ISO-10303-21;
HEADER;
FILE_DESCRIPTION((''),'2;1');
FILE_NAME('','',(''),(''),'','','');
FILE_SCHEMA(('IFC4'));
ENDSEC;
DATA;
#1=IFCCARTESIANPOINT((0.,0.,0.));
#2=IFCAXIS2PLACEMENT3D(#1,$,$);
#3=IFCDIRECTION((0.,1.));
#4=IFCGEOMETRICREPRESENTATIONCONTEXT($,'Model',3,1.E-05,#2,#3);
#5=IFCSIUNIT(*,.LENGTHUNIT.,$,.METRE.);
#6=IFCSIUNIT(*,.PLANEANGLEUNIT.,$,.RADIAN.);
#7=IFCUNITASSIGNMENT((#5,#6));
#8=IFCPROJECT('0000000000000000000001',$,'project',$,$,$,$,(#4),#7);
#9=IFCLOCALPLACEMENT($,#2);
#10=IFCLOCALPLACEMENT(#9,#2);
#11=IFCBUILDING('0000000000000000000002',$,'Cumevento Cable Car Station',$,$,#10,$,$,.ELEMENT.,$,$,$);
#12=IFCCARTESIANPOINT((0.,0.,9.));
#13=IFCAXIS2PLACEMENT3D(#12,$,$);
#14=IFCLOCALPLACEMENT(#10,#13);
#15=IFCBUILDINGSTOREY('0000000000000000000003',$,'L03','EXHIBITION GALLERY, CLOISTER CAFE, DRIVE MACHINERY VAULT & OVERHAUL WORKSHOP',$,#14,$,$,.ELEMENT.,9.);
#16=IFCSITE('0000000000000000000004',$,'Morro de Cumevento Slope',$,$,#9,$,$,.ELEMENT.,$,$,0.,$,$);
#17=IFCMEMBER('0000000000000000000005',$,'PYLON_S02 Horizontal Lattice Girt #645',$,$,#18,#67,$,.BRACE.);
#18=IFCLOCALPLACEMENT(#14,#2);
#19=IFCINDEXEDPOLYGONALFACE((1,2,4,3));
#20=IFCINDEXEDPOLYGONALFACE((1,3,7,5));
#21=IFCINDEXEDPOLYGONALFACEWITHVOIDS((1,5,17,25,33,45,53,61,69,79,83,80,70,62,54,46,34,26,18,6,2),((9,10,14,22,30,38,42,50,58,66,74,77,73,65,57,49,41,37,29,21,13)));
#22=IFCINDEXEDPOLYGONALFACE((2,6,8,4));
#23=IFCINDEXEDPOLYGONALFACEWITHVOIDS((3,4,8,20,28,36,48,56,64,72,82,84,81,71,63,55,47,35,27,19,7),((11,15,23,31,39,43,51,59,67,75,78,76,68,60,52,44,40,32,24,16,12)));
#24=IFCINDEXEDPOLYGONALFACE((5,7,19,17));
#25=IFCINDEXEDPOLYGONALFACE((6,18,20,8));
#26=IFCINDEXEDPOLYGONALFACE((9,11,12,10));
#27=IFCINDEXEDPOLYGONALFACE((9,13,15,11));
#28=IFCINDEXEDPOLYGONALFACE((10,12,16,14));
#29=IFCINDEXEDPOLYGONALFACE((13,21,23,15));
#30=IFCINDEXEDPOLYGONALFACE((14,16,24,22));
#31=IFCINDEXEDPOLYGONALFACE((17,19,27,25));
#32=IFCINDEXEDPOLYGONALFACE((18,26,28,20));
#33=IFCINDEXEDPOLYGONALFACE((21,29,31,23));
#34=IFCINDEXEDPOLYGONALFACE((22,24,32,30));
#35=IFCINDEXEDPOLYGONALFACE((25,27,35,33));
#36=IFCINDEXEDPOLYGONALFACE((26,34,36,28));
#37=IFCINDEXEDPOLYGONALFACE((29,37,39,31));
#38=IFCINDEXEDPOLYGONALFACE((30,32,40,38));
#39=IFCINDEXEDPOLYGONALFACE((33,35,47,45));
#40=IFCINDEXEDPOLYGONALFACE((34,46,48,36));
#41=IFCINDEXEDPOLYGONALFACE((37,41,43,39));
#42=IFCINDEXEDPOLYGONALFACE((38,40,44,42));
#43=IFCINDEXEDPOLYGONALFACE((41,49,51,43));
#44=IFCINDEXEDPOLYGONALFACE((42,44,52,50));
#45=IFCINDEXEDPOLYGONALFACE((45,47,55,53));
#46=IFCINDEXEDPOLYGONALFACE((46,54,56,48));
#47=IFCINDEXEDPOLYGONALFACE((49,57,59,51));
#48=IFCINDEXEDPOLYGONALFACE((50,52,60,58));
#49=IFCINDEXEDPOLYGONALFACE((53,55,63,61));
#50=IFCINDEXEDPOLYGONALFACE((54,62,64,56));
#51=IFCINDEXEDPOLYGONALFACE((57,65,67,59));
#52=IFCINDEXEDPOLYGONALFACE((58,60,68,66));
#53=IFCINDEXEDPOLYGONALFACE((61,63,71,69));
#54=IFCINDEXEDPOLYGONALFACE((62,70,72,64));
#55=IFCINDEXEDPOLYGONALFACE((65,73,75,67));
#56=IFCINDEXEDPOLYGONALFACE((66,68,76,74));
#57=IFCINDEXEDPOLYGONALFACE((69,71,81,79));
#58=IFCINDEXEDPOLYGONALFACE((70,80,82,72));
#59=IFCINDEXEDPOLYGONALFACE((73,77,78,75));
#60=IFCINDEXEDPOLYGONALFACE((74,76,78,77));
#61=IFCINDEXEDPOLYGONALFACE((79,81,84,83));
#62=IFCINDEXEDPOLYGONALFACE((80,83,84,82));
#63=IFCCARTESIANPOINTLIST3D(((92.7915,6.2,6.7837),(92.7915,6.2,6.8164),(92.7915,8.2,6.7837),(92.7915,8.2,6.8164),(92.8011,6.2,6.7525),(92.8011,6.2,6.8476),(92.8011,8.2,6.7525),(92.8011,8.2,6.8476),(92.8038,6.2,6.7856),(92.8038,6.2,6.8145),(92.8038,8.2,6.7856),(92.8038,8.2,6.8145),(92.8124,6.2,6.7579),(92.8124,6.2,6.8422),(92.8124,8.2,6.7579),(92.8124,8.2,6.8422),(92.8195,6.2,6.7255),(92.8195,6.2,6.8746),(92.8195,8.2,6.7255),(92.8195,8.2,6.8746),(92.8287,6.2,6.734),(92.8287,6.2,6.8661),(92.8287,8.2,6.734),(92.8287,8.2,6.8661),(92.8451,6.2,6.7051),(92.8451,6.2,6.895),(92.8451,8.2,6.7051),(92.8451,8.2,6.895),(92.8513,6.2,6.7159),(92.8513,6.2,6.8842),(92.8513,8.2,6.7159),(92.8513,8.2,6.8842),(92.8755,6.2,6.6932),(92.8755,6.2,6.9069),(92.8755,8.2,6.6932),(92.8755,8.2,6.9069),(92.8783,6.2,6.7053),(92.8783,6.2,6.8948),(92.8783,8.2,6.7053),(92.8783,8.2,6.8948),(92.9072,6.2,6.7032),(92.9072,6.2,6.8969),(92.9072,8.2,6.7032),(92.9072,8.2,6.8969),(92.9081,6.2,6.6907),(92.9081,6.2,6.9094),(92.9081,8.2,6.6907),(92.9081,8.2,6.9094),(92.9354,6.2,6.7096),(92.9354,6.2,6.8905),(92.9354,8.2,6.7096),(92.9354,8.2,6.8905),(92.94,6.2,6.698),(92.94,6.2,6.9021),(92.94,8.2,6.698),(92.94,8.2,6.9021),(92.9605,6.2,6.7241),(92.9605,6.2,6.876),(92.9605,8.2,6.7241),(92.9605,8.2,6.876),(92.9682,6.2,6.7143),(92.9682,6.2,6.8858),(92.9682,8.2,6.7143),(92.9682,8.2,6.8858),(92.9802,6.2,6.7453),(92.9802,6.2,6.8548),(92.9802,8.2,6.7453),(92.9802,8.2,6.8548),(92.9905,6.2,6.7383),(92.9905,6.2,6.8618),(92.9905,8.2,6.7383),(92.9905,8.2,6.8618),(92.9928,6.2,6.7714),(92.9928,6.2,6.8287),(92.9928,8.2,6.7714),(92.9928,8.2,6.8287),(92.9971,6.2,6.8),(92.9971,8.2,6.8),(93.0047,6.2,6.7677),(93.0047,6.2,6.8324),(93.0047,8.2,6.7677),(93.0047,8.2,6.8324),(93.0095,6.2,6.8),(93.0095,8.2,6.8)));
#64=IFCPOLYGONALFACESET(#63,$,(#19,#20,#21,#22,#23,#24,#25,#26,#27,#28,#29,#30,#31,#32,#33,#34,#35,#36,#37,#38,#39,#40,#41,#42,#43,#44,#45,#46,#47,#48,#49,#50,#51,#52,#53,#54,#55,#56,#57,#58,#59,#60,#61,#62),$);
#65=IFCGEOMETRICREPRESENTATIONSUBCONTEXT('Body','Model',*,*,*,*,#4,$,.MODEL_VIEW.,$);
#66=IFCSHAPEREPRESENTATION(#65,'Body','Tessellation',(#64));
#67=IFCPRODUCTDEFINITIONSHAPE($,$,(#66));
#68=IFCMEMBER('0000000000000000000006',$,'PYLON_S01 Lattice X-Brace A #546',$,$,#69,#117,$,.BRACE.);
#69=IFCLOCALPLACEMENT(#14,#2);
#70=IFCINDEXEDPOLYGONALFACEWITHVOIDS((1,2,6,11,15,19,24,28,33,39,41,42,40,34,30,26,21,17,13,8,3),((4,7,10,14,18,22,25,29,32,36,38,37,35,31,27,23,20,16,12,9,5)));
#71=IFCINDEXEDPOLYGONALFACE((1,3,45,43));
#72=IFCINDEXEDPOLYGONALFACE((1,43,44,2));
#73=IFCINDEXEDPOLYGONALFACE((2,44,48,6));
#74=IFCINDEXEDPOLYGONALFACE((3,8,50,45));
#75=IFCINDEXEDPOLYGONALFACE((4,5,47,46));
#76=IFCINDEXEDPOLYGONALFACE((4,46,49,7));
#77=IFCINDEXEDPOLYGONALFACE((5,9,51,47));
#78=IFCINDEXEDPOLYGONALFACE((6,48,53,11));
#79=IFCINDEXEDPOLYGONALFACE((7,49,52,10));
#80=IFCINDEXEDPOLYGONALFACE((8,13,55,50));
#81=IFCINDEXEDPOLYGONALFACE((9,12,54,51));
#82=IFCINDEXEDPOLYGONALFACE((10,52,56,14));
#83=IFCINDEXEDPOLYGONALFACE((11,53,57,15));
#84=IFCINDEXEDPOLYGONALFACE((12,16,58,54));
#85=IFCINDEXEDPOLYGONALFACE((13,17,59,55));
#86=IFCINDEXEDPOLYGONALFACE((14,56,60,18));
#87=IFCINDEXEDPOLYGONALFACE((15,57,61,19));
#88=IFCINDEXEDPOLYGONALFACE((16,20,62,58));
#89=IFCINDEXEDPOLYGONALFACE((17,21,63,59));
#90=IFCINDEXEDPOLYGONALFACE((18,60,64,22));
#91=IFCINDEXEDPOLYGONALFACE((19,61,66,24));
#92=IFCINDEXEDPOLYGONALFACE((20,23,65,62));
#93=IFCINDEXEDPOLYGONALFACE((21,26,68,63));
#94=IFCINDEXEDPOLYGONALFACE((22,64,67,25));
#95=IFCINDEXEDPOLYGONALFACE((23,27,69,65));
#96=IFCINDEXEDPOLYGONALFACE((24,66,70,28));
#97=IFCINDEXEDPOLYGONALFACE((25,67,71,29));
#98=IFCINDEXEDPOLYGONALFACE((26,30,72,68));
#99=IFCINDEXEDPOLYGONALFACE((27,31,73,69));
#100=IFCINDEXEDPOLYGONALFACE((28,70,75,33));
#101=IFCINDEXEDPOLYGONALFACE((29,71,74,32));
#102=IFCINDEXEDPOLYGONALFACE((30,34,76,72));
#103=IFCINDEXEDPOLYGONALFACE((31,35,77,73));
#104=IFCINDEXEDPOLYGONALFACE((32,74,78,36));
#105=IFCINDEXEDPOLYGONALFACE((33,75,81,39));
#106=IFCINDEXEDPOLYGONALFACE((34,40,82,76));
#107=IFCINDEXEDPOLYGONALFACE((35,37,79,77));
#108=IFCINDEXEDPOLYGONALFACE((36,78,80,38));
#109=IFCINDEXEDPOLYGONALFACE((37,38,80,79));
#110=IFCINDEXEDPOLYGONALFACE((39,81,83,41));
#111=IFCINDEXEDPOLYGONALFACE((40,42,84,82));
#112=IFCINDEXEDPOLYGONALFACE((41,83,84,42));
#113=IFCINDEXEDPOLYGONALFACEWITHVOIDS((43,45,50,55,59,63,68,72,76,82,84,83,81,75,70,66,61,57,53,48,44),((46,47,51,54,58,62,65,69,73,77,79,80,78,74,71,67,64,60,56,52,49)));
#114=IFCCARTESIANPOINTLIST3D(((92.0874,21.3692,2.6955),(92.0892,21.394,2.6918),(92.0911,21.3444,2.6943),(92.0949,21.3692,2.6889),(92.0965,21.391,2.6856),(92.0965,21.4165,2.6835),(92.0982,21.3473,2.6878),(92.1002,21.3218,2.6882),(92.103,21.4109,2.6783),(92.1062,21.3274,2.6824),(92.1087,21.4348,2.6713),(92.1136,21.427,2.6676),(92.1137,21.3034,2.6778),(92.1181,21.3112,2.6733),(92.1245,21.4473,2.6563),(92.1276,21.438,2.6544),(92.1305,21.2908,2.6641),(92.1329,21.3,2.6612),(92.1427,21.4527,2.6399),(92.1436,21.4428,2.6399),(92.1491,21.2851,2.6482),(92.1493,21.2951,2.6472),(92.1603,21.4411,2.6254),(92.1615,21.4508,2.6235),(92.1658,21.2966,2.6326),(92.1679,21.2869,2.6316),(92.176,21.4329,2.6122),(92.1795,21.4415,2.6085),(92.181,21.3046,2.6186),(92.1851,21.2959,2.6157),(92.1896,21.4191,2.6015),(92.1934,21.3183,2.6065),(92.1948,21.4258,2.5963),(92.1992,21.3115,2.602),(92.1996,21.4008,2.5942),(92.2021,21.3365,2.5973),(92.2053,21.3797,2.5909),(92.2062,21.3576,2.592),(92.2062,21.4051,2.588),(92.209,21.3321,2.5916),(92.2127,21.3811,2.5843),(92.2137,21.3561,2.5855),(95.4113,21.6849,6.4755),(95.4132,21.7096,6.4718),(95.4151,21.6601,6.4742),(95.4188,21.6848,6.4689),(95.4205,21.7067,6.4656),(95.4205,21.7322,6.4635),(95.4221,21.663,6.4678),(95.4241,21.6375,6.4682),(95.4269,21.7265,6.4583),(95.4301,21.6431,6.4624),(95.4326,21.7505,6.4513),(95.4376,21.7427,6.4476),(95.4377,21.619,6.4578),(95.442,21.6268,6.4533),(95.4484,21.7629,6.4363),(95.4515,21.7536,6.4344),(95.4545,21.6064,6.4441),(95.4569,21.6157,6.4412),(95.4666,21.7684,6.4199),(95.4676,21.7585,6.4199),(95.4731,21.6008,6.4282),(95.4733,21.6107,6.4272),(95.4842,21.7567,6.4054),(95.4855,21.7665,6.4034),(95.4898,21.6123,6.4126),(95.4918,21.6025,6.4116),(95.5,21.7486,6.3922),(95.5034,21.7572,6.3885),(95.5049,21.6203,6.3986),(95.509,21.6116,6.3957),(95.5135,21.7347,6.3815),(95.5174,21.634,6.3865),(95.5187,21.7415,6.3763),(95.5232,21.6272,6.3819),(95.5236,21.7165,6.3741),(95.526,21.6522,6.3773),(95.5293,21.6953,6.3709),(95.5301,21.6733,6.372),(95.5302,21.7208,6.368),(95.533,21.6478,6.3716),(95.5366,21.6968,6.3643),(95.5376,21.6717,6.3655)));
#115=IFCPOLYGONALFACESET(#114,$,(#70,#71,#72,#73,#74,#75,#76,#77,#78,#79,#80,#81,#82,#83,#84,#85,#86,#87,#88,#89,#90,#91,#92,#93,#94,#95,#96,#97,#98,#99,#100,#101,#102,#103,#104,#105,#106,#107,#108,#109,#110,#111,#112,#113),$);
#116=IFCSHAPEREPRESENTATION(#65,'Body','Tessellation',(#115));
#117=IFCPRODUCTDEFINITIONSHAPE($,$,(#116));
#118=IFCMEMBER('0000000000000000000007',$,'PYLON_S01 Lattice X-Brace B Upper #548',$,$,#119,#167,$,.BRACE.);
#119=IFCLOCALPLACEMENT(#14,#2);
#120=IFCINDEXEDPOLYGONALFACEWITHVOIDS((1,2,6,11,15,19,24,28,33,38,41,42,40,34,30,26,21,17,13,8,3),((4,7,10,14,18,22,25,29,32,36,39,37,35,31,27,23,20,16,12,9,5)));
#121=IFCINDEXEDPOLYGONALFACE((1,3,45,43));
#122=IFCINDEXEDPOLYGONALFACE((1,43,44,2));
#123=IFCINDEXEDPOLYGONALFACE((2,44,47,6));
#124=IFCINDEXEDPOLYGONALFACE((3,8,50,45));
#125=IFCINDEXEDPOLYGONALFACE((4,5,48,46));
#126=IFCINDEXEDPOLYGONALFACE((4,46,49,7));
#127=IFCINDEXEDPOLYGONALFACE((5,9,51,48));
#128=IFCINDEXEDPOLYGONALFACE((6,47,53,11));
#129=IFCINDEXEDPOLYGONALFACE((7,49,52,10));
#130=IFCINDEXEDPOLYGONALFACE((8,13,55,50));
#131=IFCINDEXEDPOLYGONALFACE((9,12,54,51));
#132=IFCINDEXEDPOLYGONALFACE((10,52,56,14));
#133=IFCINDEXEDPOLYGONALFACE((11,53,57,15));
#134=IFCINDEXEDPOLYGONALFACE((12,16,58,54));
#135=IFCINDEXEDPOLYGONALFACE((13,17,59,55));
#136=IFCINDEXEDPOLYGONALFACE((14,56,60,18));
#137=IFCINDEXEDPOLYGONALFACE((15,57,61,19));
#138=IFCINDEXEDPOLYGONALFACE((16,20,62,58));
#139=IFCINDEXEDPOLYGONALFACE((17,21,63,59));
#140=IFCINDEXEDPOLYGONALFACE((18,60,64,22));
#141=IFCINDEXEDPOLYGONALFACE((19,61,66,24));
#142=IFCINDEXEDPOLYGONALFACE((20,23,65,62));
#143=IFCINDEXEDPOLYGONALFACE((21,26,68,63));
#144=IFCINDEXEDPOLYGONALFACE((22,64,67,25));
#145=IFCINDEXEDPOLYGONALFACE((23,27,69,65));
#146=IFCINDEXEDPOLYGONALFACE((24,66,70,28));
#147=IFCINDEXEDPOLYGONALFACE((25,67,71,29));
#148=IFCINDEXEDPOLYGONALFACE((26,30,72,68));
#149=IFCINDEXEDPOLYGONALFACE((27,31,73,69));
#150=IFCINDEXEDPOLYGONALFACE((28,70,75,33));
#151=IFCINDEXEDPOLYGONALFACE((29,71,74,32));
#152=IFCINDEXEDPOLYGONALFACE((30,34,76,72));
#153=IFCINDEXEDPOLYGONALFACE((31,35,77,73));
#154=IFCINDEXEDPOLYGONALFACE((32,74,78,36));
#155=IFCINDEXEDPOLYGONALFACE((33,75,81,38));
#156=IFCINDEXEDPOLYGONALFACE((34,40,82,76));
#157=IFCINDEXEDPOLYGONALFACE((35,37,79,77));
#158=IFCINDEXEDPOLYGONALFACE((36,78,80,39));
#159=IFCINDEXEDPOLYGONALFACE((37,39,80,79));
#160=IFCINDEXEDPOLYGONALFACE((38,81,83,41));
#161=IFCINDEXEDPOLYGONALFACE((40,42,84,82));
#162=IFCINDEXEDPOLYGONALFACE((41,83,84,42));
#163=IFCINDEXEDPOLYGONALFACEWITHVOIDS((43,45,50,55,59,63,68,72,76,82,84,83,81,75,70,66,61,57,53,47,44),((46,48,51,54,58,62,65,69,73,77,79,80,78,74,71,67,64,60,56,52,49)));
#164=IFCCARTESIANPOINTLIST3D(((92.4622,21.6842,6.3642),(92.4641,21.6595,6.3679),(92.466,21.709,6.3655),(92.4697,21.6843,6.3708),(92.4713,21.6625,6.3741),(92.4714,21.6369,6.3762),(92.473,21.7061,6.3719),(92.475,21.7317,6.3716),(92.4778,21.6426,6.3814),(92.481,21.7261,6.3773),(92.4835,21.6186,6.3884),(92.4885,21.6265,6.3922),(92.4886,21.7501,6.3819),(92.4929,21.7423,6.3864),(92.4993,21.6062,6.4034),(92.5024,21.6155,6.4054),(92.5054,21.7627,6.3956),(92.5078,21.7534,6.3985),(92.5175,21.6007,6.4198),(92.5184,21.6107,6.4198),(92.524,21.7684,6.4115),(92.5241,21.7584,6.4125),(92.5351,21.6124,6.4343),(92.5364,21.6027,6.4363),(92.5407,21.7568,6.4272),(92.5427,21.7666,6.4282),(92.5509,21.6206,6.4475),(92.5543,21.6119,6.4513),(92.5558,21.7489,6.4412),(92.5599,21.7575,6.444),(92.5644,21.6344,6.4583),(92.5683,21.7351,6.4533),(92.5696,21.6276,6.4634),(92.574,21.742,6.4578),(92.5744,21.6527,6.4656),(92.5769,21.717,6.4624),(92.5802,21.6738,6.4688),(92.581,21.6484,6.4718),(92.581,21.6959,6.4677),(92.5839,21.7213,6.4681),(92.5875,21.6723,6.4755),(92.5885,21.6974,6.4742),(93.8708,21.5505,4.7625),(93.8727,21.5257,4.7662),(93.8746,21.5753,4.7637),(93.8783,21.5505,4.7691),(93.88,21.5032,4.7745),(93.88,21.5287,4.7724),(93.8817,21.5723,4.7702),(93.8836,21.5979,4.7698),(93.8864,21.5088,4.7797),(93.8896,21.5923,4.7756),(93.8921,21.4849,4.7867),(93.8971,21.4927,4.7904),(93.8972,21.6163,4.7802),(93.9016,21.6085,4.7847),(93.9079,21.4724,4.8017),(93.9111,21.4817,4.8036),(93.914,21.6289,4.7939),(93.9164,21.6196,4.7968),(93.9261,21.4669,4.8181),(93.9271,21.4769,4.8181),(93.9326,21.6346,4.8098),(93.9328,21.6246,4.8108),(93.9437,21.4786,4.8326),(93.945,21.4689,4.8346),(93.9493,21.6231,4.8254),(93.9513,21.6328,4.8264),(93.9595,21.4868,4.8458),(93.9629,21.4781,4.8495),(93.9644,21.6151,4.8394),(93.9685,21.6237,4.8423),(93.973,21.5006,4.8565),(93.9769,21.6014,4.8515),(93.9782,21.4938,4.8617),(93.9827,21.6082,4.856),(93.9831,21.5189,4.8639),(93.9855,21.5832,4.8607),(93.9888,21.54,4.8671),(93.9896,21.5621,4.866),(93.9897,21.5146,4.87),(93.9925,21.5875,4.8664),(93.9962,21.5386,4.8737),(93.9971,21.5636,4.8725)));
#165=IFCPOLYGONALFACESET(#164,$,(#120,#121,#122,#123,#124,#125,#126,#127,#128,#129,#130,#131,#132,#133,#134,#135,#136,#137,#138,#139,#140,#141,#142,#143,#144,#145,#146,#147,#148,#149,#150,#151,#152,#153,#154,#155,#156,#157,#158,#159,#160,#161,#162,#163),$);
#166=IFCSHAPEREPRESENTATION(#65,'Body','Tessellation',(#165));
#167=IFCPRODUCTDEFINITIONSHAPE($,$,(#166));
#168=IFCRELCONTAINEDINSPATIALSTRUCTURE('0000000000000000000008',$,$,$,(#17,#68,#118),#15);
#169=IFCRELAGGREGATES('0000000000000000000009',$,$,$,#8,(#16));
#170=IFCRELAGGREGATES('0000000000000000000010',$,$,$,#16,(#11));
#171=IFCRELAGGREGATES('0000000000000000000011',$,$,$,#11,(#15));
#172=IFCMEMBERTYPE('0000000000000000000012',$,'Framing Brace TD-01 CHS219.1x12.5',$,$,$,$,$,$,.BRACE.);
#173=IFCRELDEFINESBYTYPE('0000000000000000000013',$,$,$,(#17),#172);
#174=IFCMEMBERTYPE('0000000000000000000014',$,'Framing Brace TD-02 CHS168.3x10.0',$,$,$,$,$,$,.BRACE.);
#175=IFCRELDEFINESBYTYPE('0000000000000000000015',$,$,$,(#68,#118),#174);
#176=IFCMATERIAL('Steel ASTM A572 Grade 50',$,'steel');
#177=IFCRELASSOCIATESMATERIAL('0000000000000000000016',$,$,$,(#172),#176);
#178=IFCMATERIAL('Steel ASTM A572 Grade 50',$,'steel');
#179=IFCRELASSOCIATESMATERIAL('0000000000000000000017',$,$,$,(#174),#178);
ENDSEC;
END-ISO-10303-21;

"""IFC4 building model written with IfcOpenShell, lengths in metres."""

from ifc_helpers import new_model, si_unit, direction, frame, origin, origin_2d, place, context, subcontext, project, spatial, hollow_circle, extrude, material, material_profile, profile_set, type_object, element, save


model = new_model("IFC4")

# Units and contexts
model_context = context("Model", 3, precision=1e-05, world=origin(), true_north=direction((0.0, 1.0)))
body_context = subcontext(model_context, "Body", "Model", "MODEL_VIEW")
ifc_project = project(units=[si_unit("LENGTHUNIT", "METRE"), si_unit("PLANEANGLEUNIT", "RADIAN")], contexts=[model_context])

# Site, building, storey
site_placement = place(None, origin())
site = spatial("IfcSite", under=ifc_project, at=site_placement, Name="Morro de Cumevento Slope", CompositionType="ELEMENT", RefElevation=0.0)
building_placement = place(site_placement, origin())
building = spatial("IfcBuilding", under=site, at=building_placement, Name="Cumevento Cable Car Station", CompositionType="ELEMENT")
storey_placement = place(building_placement, frame((0.0, 0.0, 9.0)))
storey = spatial("IfcBuildingStorey", under=building, at=storey_placement, Name="L03", Description="EXHIBITION GALLERY, CLOISTER CAFE, DRIVE MACHINERY VAULT & OVERHAUL WORKSHOP", CompositionType="ELEMENT", Elevation=9.0)

# Members
ifc_material_1 = material(Name="Steel ASTM A572 Grade 50", Category="steel")
ifc_material_profile_1 = material_profile(ifc_material_1, hollow_circle(Radius=0.1096, WallThickness=0.0125, at=origin_2d()), Name="CHS219.1x12.5")
ifc_profile_set_1 = profile_set([ifc_material_profile_1], Name="Steel ASTM A572 Grade 50")
member_type_1 = type_object("IfcMemberType", Name="Framing Brace TD-01 CHS219.1x12.5", PredefinedType="BRACE", material=ifc_profile_set_1)
member_1_placement = place(storey_placement, frame((92.8999, 8.2, 6.8), z_axis=(0.0, -1.0, 0.0), x_axis=(1.0, 0.0, 0.0)))
element("IfcMember", 1, at=member_1_placement, inside=storey, type_object=member_type_1, Name="PYLON_S02 Horizontal Lattice Girt #645", PredefinedType="BRACE", context=body_context, shape_type="SweptSolid", body=[
    extrude(hollow_circle(Radius=0.1096, WallThickness=0.0125, at=origin_2d()), origin(), (0.0, 0.0, 1.0), 2.0),
])
ifc_material_2 = material(Name="Steel ASTM A572 Grade 50", Category="steel")
ifc_material_profile_2 = material_profile(ifc_material_2, hollow_circle(Radius=0.0842, WallThickness=0.01, at=origin_2d()), Name="CHS168.3x10.0")
ifc_profile_set_2 = profile_set([ifc_material_profile_2], Name="Steel ASTM A572 Grade 50")
member_type_2 = type_object("IfcMemberType", Name="Framing Brace TD-02 CHS168.3x10.0", PredefinedType="BRACE", material=ifc_profile_set_2)
member_2_placement = place(storey_placement, frame((92.1506, 21.3689, 2.6399), z_axis=(0.659059, 0.06259, 0.749483), x_axis=(-0.094543, 0.995521, 0.0)))
element("IfcMember", 2, at=member_2_placement, inside=storey, type_object=member_type_2, Name="PYLON_S01 Lattice X-Brace A #546", PredefinedType="BRACE", context=body_context, shape_type="SweptSolid", body=[
    extrude(hollow_circle(Radius=0.0842, WallThickness=0.01, at=origin_2d()), origin(), (0.0, 0.0, 1.0), 5.0435),
])
member_3_placement = place(storey_placement, frame((93.9341, 21.5508, 4.8181), z_axis=(-0.659095, 0.062597, 0.74945), x_axis=(-0.094549, -0.99552, 0.0)))
element("IfcMember", 3, at=member_3_placement, inside=storey, type_object=member_type_2, Name="PYLON_S01 Lattice X-Brace B Upper #548", PredefinedType="BRACE", context=body_context, shape_type="SweptSolid", body=[
    extrude(hollow_circle(Radius=0.0842, WallThickness=0.01, at=origin_2d()), origin(), (0.0, 0.0, 1.0), 2.1372),
])

save(model, "model.ifc")
